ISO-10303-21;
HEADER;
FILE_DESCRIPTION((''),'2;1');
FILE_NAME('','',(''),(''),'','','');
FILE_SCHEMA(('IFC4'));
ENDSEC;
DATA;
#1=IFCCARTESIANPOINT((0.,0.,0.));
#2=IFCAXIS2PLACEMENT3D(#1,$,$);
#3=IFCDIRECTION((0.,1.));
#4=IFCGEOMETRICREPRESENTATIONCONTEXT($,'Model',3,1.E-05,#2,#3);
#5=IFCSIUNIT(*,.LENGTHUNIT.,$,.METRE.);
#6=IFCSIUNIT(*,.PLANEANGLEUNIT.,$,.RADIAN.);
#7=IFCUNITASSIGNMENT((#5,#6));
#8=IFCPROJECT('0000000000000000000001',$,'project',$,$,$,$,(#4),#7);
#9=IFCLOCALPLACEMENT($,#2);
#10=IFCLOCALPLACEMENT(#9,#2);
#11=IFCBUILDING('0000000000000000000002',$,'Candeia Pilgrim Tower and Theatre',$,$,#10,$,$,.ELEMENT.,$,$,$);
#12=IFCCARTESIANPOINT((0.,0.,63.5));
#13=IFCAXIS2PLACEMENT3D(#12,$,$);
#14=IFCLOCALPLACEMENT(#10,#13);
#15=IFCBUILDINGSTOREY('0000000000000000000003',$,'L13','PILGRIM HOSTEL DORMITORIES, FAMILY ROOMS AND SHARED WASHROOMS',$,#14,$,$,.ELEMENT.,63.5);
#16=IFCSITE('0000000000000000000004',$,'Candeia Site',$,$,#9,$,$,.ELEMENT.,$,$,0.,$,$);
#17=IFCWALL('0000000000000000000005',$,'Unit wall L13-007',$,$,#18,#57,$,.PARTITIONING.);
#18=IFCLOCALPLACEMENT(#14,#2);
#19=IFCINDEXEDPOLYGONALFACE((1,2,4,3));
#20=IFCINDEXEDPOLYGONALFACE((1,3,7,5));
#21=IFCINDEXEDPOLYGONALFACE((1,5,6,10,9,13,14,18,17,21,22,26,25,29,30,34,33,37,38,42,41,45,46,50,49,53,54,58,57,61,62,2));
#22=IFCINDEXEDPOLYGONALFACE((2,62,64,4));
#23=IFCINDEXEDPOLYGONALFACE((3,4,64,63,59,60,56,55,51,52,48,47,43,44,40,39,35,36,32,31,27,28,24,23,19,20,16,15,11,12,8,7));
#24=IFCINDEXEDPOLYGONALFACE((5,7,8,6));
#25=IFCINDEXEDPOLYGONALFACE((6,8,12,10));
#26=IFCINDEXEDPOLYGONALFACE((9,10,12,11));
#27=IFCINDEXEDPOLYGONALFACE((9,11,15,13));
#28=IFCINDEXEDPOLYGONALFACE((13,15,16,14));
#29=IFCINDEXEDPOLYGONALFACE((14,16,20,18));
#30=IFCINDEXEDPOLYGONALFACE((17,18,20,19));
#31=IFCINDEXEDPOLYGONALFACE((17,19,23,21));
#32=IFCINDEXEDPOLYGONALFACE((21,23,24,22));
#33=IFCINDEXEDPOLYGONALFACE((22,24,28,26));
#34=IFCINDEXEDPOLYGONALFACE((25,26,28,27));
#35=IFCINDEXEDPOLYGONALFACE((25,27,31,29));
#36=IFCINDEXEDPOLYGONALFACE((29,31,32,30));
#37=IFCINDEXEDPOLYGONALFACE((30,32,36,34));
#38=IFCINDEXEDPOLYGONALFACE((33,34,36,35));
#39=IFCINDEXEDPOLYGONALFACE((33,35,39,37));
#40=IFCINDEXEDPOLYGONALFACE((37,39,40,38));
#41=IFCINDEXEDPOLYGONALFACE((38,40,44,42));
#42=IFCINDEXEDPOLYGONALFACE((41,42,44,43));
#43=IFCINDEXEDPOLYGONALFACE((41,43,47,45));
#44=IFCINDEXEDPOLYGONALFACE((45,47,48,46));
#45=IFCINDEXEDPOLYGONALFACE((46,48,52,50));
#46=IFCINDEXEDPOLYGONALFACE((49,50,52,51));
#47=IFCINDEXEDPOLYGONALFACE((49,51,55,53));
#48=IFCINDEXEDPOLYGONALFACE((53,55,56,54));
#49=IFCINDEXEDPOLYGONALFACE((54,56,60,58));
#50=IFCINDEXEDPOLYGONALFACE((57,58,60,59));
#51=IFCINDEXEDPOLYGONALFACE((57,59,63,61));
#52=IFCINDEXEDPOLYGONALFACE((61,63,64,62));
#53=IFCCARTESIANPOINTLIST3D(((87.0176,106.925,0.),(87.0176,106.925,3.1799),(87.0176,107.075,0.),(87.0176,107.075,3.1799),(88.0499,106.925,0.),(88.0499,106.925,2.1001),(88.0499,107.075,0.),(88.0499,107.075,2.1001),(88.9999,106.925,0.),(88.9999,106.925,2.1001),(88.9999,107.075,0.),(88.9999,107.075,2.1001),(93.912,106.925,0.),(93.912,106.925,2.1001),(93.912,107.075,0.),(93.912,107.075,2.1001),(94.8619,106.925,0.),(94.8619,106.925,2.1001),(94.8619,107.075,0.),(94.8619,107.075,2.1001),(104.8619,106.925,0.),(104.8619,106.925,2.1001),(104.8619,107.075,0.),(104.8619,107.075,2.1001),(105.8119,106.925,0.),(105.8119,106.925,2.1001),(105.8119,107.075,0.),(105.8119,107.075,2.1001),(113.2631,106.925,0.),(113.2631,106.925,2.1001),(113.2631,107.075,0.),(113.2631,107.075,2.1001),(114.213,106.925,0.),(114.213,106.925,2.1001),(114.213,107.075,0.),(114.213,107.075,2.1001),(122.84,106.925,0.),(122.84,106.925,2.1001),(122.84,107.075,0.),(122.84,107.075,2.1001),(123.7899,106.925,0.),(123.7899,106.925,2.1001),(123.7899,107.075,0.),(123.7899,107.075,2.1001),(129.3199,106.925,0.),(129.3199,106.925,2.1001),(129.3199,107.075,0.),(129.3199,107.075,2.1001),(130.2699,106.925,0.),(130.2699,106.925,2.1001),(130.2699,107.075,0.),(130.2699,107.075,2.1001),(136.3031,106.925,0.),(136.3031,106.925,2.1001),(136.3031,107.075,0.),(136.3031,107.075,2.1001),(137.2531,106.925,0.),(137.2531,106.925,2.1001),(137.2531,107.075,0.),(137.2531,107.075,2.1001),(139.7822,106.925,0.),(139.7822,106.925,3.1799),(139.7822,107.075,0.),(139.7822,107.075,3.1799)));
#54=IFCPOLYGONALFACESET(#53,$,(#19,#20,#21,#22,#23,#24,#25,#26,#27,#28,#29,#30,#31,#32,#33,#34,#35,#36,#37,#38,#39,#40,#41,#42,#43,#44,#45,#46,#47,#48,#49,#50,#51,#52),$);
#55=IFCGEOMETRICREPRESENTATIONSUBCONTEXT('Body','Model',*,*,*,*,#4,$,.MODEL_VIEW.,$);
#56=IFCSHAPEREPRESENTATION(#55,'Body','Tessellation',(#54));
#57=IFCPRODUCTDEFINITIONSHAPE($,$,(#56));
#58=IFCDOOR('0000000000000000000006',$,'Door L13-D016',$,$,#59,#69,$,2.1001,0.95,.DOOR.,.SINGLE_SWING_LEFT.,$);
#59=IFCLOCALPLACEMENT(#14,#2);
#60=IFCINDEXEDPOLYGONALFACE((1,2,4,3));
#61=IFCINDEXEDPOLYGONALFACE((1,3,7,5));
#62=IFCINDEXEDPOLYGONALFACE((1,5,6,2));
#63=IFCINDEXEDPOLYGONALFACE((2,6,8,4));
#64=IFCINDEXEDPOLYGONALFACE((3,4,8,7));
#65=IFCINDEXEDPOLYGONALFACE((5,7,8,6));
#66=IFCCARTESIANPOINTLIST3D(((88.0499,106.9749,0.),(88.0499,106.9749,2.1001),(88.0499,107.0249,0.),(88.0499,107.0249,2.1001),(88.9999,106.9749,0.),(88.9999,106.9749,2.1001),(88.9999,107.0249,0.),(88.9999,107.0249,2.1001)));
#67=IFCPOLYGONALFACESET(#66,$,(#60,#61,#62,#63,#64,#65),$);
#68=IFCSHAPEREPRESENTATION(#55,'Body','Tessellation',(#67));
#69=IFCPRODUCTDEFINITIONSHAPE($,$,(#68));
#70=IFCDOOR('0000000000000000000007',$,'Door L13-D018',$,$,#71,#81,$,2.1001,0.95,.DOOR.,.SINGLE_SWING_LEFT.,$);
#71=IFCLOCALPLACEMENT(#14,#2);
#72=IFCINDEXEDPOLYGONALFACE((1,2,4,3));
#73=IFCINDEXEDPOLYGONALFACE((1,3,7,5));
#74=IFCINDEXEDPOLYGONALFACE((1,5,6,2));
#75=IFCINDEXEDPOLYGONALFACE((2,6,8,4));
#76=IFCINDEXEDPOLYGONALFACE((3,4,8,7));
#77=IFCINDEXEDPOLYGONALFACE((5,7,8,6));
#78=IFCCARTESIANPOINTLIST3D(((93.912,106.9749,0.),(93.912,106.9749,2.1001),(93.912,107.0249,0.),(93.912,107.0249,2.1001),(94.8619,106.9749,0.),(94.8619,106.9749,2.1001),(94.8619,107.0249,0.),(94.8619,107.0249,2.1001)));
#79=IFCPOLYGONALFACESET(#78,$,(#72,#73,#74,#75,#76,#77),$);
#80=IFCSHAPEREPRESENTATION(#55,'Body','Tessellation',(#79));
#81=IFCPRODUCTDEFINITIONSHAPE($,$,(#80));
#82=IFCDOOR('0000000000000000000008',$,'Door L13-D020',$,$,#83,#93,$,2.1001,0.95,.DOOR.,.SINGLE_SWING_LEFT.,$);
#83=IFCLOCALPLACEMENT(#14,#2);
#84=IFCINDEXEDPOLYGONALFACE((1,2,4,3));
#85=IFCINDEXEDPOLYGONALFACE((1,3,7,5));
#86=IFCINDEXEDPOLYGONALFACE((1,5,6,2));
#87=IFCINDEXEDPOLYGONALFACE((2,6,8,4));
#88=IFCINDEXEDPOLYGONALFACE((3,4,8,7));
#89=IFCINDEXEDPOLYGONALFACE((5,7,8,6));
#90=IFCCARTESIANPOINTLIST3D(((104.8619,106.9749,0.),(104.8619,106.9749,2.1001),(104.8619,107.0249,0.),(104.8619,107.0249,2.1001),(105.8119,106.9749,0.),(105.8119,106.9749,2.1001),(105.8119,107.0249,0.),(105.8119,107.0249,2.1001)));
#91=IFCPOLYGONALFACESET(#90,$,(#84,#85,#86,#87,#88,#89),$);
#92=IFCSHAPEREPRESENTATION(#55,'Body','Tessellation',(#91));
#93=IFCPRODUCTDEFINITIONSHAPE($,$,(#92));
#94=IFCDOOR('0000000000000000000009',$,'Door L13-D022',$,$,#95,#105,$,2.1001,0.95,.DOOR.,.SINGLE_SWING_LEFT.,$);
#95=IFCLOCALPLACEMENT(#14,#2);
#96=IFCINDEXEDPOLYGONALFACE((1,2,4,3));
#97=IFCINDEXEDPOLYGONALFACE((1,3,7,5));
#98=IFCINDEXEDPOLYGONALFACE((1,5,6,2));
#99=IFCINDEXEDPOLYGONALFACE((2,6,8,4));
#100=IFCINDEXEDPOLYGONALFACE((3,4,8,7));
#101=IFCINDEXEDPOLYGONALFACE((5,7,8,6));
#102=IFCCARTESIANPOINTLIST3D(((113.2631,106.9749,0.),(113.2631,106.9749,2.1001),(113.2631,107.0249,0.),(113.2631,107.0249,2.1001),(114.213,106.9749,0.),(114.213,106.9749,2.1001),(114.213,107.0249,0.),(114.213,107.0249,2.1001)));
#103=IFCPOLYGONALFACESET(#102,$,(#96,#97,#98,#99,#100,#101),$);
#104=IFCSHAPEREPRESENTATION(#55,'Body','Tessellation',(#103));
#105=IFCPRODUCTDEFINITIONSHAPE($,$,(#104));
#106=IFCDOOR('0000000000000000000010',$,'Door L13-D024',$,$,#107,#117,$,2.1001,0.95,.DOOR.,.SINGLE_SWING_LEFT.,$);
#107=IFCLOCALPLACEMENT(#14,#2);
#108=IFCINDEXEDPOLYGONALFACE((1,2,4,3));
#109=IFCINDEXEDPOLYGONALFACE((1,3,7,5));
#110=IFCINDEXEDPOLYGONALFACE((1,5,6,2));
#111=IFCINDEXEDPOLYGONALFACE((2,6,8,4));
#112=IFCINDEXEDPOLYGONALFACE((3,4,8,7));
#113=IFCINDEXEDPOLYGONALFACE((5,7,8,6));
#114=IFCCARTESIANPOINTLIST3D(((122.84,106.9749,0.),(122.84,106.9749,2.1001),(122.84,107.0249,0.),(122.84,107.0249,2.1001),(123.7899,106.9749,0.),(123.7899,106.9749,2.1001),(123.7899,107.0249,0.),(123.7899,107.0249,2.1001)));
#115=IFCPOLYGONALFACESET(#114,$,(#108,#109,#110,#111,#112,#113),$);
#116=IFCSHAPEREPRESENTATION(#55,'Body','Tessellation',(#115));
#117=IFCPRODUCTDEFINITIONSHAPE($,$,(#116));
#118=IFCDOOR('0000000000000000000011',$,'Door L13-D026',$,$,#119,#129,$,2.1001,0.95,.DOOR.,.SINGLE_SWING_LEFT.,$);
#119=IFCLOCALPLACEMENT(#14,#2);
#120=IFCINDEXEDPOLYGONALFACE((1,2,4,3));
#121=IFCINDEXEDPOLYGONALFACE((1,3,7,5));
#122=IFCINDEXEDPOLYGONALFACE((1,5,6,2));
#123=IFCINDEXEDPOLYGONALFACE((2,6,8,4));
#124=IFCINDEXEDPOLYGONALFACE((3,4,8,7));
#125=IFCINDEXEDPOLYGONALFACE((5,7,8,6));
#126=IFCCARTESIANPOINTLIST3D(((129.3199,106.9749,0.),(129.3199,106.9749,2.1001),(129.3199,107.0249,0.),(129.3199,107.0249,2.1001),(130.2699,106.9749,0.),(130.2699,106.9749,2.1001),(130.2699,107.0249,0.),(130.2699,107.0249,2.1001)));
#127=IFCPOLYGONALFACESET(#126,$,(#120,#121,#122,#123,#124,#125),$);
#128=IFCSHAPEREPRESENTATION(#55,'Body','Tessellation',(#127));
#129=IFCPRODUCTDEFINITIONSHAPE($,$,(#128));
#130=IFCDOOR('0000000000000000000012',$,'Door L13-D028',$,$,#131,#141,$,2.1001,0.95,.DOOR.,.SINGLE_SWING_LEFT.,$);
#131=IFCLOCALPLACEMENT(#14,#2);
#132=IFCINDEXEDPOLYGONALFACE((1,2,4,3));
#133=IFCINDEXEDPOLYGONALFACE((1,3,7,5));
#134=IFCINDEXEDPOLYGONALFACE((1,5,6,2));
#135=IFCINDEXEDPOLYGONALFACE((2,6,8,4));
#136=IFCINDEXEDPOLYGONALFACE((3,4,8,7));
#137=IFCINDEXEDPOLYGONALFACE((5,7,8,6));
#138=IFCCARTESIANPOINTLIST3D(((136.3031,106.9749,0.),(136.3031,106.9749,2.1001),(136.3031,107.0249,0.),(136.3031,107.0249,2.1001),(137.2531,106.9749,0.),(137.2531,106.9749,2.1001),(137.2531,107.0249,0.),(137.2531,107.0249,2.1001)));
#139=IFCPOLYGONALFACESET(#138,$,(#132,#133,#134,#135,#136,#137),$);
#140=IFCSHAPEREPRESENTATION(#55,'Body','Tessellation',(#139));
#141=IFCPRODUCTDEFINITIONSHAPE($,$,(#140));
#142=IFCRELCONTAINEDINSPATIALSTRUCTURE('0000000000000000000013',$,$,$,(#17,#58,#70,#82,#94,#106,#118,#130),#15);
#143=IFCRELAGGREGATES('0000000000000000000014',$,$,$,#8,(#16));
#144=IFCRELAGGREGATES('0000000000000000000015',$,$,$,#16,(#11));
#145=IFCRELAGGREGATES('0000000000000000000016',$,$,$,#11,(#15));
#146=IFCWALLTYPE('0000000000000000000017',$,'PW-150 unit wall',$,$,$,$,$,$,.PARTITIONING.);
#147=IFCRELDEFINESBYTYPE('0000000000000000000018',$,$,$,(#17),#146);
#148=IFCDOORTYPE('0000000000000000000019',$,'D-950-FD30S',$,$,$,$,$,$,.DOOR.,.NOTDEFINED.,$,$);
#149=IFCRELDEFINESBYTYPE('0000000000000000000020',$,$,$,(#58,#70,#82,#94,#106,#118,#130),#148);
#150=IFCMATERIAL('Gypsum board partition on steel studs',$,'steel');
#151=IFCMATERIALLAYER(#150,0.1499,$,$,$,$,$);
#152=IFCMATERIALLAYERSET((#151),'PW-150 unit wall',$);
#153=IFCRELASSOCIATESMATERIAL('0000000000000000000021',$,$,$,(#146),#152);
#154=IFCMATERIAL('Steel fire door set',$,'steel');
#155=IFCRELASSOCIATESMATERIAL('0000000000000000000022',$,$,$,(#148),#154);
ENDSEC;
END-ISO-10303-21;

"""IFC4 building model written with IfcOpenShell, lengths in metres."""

from ifc_helpers import new_model, si_unit, direction, frame, frame_2d, origin, place, context, subcontext, project, spatial, rectangle, extrude, material, layer, layer_set, type_object, element, fill, save


model = new_model("IFC4")

# Units and contexts
model_context = context("Model", 3, precision=1e-05, world=origin(), true_north=direction((0.0, 1.0)))
body_context = subcontext(model_context, "Body", "Model", "MODEL_VIEW")
ifc_project = project(units=[si_unit("LENGTHUNIT", "METRE"), si_unit("PLANEANGLEUNIT", "RADIAN")], contexts=[model_context])

# Site, building, storey
site_placement = place(None, origin())
site = spatial("IfcSite", under=ifc_project, at=site_placement, Name="Candeia Site", CompositionType="ELEMENT", RefElevation=0.0)
building_placement = place(site_placement, origin())
building = spatial("IfcBuilding", under=site, at=building_placement, Name="Candeia Pilgrim Tower and Theatre", CompositionType="ELEMENT")
storey_placement = place(building_placement, frame((0.0, 0.0, 63.5)))
storey = spatial("IfcBuildingStorey", under=building, at=storey_placement, Name="L13", Description="PILGRIM HOSTEL DORMITORIES, FAMILY ROOMS AND SHARED WASHROOMS", CompositionType="ELEMENT", Elevation=63.5)

# Shared definitions
ifc_material_1 = material(Name="Gypsum board partition on steel studs", Category="steel")

# Wall, openings, doors
ifc_layer_1 = layer(ifc_material_1, 0.1499)
ifc_layer_set_1 = layer_set([ifc_layer_1], Name="PW-150 unit wall")
wall_type_1 = type_object("IfcWallType", Name="PW-150 unit wall", PredefinedType="PARTITIONING", material=ifc_layer_set_1)
wall_1_placement = place(storey_placement, frame((87.0176, 107.0, 0.0), z_axis=(0.0, 0.0, 1.0), x_axis=(1.0, 0.0, 0.0)))
wall_1 = element("IfcWall", 1, at=wall_1_placement, inside=storey, type_object=wall_type_1, Name="Unit wall L13-007", PredefinedType="PARTITIONING", context=body_context, shape_type="SweptSolid", body=[
    extrude(rectangle(XDim=52.7646, YDim=0.1499, at=frame_2d((26.3823, 0.0))), origin(), (0.0, 0.0, 1.0), 3.1799),
])
opening_1_placement = place(wall_1_placement, frame((1.0322, 0.0, 0.0)))
opening_1 = element("IfcOpeningElement", 2, at=opening_1_placement, cuts=wall_1, PredefinedType="OPENING", context=body_context, shape_type="SweptSolid", body=[
    extrude(rectangle(XDim=0.95, YDim=2.1001, at=frame_2d((0.4751, 1.05))), frame((0.0, 0.085, 0.0), z_axis=(0.0, -1.0, 0.0), x_axis=(1.0, 0.0, 0.0)), (0.0, 0.0, 1.0), 0.1699),
])
opening_2_placement = place(wall_1_placement, frame((6.8943, 0.0, 0.0)))
opening_2 = element("IfcOpeningElement", 3, at=opening_2_placement, cuts=wall_1, PredefinedType="OPENING", context=body_context, shape_type="SweptSolid", body=[
    extrude(rectangle(XDim=0.95, YDim=2.1001, at=frame_2d((0.4751, 1.05))), frame((0.0, 0.085, 0.0), z_axis=(0.0, -1.0, 0.0), x_axis=(1.0, 0.0, 0.0)), (0.0, 0.0, 1.0), 0.1699),
])
opening_3_placement = place(wall_1_placement, frame((17.8442, 0.0, 0.0)))
opening_3 = element("IfcOpeningElement", 4, at=opening_3_placement, cuts=wall_1, PredefinedType="OPENING", context=body_context, shape_type="SweptSolid", body=[
    extrude(rectangle(XDim=0.95, YDim=2.1001, at=frame_2d((0.4751, 1.05))), frame((0.0, 0.085, 0.0), z_axis=(0.0, -1.0, 0.0), x_axis=(1.0, 0.0, 0.0)), (0.0, 0.0, 1.0), 0.1699),
])
opening_4_placement = place(wall_1_placement, frame((26.2454, 0.0, 0.0)))
opening_4 = element("IfcOpeningElement", 5, at=opening_4_placement, cuts=wall_1, PredefinedType="OPENING", context=body_context, shape_type="SweptSolid", body=[
    extrude(rectangle(XDim=0.95, YDim=2.1001, at=frame_2d((0.4751, 1.05))), frame((0.0, 0.085, 0.0), z_axis=(0.0, -1.0, 0.0), x_axis=(1.0, 0.0, 0.0)), (0.0, 0.0, 1.0), 0.1699),
])
opening_5_placement = place(wall_1_placement, frame((35.8223, 0.0, 0.0)))
opening_5 = element("IfcOpeningElement", 6, at=opening_5_placement, cuts=wall_1, PredefinedType="OPENING", context=body_context, shape_type="SweptSolid", body=[
    extrude(rectangle(XDim=0.95, YDim=2.1001, at=frame_2d((0.4751, 1.05))), frame((0.0, 0.085, 0.0), z_axis=(0.0, -1.0, 0.0), x_axis=(1.0, 0.0, 0.0)), (0.0, 0.0, 1.0), 0.1699),
])
opening_6_placement = place(wall_1_placement, frame((42.3022, 0.0, 0.0)))
opening_6 = element("IfcOpeningElement", 7, at=opening_6_placement, cuts=wall_1, PredefinedType="OPENING", context=body_context, shape_type="SweptSolid", body=[
    extrude(rectangle(XDim=0.95, YDim=2.1001, at=frame_2d((0.4751, 1.05))), frame((0.0, 0.085, 0.0), z_axis=(0.0, -1.0, 0.0), x_axis=(1.0, 0.0, 0.0)), (0.0, 0.0, 1.0), 0.1699),
])
opening_7_placement = place(wall_1_placement, frame((49.2854, 0.0, 0.0)))
opening_7 = element("IfcOpeningElement", 8, at=opening_7_placement, cuts=wall_1, PredefinedType="OPENING", context=body_context, shape_type="SweptSolid", body=[
    extrude(rectangle(XDim=0.95, YDim=2.1001, at=frame_2d((0.4751, 1.05))), frame((0.0, 0.085, 0.0), z_axis=(0.0, -1.0, 0.0), x_axis=(1.0, 0.0, 0.0)), (0.0, 0.0, 1.0), 0.1699),
])
ifc_material_2 = material(Name="Steel fire door set", Category="steel")
door_type_1 = type_object("IfcDoorType", Name="D-950-FD30S", OperationType="NOTDEFINED", PredefinedType="DOOR", material=ifc_material_2)
door_1_placement = place(opening_1_placement, origin())
door_1 = element("IfcDoor", 9, at=door_1_placement, inside=storey, type_object=door_type_1, Name="Door L13-D016", OperationType="SINGLE_SWING_LEFT", OverallHeight=2.1001, OverallWidth=0.95, PredefinedType="DOOR", context=body_context, shape_type="SweptSolid", body=[
    extrude(rectangle(XDim=0.95, YDim=2.1001, at=frame_2d((0.4751, 1.05))), frame((0.0, 0.0249, 0.0), z_axis=(0.0, -1.0, 0.0), x_axis=(1.0, 0.0, 0.0)), (0.0, 0.0, 1.0), 0.05),
])
fill(opening_1, door_1)
door_2_placement = place(opening_2_placement, origin())
door_2 = element("IfcDoor", 10, at=door_2_placement, inside=storey, type_object=door_type_1, Name="Door L13-D018", OperationType="SINGLE_SWING_LEFT", OverallHeight=2.1001, OverallWidth=0.95, PredefinedType="DOOR", context=body_context, shape_type="SweptSolid", body=[
    extrude(rectangle(XDim=0.95, YDim=2.1001, at=frame_2d((0.4751, 1.05))), frame((0.0, 0.0249, 0.0), z_axis=(0.0, -1.0, 0.0), x_axis=(1.0, 0.0, 0.0)), (0.0, 0.0, 1.0), 0.05),
])
fill(opening_2, door_2)
door_3_placement = place(opening_3_placement, origin())
door_3 = element("IfcDoor", 11, at=door_3_placement, inside=storey, type_object=door_type_1, Name="Door L13-D020", OperationType="SINGLE_SWING_LEFT", OverallHeight=2.1001, OverallWidth=0.95, PredefinedType="DOOR", context=body_context, shape_type="SweptSolid", body=[
    extrude(rectangle(XDim=0.95, YDim=2.1001, at=frame_2d((0.4751, 1.05))), frame((0.0, 0.0249, 0.0), z_axis=(0.0, -1.0, 0.0), x_axis=(1.0, 0.0, 0.0)), (0.0, 0.0, 1.0), 0.05),
])
fill(opening_3, door_3)
door_4_placement = place(opening_4_placement, origin())
door_4 = element("IfcDoor", 12, at=door_4_placement, inside=storey, type_object=door_type_1, Name="Door L13-D022", OperationType="SINGLE_SWING_LEFT", OverallHeight=2.1001, OverallWidth=0.95, PredefinedType="DOOR", context=body_context, shape_type="SweptSolid", body=[
    extrude(rectangle(XDim=0.95, YDim=2.1001, at=frame_2d((0.4751, 1.05))), frame((0.0, 0.0249, 0.0), z_axis=(0.0, -1.0, 0.0), x_axis=(1.0, 0.0, 0.0)), (0.0, 0.0, 1.0), 0.05),
])
fill(opening_4, door_4)
door_5_placement = place(opening_5_placement, origin())
door_5 = element("IfcDoor", 13, at=door_5_placement, inside=storey, type_object=door_type_1, Name="Door L13-D024", OperationType="SINGLE_SWING_LEFT", OverallHeight=2.1001, OverallWidth=0.95, PredefinedType="DOOR", context=body_context, shape_type="SweptSolid", body=[
    extrude(rectangle(XDim=0.95, YDim=2.1001, at=frame_2d((0.4751, 1.05))), frame((0.0, 0.0249, 0.0), z_axis=(0.0, -1.0, 0.0), x_axis=(1.0, 0.0, 0.0)), (0.0, 0.0, 1.0), 0.05),
])
fill(opening_5, door_5)
door_6_placement = place(opening_6_placement, origin())
door_6 = element("IfcDoor", 14, at=door_6_placement, inside=storey, type_object=door_type_1, Name="Door L13-D026", OperationType="SINGLE_SWING_LEFT", OverallHeight=2.1001, OverallWidth=0.95, PredefinedType="DOOR", context=body_context, shape_type="SweptSolid", body=[
    extrude(rectangle(XDim=0.95, YDim=2.1001, at=frame_2d((0.4751, 1.05))), frame((0.0, 0.0249, 0.0), z_axis=(0.0, -1.0, 0.0), x_axis=(1.0, 0.0, 0.0)), (0.0, 0.0, 1.0), 0.05),
])
fill(opening_6, door_6)
door_7_placement = place(opening_7_placement, origin())
door_7 = element("IfcDoor", 15, at=door_7_placement, inside=storey, type_object=door_type_1, Name="Door L13-D028", OperationType="SINGLE_SWING_LEFT", OverallHeight=2.1001, OverallWidth=0.95, PredefinedType="DOOR", context=body_context, shape_type="SweptSolid", body=[
    extrude(rectangle(XDim=0.95, YDim=2.1001, at=frame_2d((0.4751, 1.05))), frame((0.0, 0.0249, 0.0), z_axis=(0.0, -1.0, 0.0), x_axis=(1.0, 0.0, 0.0)), (0.0, 0.0, 1.0), 0.05),
])
fill(opening_7, door_7)

save(model, "model.ifc")
